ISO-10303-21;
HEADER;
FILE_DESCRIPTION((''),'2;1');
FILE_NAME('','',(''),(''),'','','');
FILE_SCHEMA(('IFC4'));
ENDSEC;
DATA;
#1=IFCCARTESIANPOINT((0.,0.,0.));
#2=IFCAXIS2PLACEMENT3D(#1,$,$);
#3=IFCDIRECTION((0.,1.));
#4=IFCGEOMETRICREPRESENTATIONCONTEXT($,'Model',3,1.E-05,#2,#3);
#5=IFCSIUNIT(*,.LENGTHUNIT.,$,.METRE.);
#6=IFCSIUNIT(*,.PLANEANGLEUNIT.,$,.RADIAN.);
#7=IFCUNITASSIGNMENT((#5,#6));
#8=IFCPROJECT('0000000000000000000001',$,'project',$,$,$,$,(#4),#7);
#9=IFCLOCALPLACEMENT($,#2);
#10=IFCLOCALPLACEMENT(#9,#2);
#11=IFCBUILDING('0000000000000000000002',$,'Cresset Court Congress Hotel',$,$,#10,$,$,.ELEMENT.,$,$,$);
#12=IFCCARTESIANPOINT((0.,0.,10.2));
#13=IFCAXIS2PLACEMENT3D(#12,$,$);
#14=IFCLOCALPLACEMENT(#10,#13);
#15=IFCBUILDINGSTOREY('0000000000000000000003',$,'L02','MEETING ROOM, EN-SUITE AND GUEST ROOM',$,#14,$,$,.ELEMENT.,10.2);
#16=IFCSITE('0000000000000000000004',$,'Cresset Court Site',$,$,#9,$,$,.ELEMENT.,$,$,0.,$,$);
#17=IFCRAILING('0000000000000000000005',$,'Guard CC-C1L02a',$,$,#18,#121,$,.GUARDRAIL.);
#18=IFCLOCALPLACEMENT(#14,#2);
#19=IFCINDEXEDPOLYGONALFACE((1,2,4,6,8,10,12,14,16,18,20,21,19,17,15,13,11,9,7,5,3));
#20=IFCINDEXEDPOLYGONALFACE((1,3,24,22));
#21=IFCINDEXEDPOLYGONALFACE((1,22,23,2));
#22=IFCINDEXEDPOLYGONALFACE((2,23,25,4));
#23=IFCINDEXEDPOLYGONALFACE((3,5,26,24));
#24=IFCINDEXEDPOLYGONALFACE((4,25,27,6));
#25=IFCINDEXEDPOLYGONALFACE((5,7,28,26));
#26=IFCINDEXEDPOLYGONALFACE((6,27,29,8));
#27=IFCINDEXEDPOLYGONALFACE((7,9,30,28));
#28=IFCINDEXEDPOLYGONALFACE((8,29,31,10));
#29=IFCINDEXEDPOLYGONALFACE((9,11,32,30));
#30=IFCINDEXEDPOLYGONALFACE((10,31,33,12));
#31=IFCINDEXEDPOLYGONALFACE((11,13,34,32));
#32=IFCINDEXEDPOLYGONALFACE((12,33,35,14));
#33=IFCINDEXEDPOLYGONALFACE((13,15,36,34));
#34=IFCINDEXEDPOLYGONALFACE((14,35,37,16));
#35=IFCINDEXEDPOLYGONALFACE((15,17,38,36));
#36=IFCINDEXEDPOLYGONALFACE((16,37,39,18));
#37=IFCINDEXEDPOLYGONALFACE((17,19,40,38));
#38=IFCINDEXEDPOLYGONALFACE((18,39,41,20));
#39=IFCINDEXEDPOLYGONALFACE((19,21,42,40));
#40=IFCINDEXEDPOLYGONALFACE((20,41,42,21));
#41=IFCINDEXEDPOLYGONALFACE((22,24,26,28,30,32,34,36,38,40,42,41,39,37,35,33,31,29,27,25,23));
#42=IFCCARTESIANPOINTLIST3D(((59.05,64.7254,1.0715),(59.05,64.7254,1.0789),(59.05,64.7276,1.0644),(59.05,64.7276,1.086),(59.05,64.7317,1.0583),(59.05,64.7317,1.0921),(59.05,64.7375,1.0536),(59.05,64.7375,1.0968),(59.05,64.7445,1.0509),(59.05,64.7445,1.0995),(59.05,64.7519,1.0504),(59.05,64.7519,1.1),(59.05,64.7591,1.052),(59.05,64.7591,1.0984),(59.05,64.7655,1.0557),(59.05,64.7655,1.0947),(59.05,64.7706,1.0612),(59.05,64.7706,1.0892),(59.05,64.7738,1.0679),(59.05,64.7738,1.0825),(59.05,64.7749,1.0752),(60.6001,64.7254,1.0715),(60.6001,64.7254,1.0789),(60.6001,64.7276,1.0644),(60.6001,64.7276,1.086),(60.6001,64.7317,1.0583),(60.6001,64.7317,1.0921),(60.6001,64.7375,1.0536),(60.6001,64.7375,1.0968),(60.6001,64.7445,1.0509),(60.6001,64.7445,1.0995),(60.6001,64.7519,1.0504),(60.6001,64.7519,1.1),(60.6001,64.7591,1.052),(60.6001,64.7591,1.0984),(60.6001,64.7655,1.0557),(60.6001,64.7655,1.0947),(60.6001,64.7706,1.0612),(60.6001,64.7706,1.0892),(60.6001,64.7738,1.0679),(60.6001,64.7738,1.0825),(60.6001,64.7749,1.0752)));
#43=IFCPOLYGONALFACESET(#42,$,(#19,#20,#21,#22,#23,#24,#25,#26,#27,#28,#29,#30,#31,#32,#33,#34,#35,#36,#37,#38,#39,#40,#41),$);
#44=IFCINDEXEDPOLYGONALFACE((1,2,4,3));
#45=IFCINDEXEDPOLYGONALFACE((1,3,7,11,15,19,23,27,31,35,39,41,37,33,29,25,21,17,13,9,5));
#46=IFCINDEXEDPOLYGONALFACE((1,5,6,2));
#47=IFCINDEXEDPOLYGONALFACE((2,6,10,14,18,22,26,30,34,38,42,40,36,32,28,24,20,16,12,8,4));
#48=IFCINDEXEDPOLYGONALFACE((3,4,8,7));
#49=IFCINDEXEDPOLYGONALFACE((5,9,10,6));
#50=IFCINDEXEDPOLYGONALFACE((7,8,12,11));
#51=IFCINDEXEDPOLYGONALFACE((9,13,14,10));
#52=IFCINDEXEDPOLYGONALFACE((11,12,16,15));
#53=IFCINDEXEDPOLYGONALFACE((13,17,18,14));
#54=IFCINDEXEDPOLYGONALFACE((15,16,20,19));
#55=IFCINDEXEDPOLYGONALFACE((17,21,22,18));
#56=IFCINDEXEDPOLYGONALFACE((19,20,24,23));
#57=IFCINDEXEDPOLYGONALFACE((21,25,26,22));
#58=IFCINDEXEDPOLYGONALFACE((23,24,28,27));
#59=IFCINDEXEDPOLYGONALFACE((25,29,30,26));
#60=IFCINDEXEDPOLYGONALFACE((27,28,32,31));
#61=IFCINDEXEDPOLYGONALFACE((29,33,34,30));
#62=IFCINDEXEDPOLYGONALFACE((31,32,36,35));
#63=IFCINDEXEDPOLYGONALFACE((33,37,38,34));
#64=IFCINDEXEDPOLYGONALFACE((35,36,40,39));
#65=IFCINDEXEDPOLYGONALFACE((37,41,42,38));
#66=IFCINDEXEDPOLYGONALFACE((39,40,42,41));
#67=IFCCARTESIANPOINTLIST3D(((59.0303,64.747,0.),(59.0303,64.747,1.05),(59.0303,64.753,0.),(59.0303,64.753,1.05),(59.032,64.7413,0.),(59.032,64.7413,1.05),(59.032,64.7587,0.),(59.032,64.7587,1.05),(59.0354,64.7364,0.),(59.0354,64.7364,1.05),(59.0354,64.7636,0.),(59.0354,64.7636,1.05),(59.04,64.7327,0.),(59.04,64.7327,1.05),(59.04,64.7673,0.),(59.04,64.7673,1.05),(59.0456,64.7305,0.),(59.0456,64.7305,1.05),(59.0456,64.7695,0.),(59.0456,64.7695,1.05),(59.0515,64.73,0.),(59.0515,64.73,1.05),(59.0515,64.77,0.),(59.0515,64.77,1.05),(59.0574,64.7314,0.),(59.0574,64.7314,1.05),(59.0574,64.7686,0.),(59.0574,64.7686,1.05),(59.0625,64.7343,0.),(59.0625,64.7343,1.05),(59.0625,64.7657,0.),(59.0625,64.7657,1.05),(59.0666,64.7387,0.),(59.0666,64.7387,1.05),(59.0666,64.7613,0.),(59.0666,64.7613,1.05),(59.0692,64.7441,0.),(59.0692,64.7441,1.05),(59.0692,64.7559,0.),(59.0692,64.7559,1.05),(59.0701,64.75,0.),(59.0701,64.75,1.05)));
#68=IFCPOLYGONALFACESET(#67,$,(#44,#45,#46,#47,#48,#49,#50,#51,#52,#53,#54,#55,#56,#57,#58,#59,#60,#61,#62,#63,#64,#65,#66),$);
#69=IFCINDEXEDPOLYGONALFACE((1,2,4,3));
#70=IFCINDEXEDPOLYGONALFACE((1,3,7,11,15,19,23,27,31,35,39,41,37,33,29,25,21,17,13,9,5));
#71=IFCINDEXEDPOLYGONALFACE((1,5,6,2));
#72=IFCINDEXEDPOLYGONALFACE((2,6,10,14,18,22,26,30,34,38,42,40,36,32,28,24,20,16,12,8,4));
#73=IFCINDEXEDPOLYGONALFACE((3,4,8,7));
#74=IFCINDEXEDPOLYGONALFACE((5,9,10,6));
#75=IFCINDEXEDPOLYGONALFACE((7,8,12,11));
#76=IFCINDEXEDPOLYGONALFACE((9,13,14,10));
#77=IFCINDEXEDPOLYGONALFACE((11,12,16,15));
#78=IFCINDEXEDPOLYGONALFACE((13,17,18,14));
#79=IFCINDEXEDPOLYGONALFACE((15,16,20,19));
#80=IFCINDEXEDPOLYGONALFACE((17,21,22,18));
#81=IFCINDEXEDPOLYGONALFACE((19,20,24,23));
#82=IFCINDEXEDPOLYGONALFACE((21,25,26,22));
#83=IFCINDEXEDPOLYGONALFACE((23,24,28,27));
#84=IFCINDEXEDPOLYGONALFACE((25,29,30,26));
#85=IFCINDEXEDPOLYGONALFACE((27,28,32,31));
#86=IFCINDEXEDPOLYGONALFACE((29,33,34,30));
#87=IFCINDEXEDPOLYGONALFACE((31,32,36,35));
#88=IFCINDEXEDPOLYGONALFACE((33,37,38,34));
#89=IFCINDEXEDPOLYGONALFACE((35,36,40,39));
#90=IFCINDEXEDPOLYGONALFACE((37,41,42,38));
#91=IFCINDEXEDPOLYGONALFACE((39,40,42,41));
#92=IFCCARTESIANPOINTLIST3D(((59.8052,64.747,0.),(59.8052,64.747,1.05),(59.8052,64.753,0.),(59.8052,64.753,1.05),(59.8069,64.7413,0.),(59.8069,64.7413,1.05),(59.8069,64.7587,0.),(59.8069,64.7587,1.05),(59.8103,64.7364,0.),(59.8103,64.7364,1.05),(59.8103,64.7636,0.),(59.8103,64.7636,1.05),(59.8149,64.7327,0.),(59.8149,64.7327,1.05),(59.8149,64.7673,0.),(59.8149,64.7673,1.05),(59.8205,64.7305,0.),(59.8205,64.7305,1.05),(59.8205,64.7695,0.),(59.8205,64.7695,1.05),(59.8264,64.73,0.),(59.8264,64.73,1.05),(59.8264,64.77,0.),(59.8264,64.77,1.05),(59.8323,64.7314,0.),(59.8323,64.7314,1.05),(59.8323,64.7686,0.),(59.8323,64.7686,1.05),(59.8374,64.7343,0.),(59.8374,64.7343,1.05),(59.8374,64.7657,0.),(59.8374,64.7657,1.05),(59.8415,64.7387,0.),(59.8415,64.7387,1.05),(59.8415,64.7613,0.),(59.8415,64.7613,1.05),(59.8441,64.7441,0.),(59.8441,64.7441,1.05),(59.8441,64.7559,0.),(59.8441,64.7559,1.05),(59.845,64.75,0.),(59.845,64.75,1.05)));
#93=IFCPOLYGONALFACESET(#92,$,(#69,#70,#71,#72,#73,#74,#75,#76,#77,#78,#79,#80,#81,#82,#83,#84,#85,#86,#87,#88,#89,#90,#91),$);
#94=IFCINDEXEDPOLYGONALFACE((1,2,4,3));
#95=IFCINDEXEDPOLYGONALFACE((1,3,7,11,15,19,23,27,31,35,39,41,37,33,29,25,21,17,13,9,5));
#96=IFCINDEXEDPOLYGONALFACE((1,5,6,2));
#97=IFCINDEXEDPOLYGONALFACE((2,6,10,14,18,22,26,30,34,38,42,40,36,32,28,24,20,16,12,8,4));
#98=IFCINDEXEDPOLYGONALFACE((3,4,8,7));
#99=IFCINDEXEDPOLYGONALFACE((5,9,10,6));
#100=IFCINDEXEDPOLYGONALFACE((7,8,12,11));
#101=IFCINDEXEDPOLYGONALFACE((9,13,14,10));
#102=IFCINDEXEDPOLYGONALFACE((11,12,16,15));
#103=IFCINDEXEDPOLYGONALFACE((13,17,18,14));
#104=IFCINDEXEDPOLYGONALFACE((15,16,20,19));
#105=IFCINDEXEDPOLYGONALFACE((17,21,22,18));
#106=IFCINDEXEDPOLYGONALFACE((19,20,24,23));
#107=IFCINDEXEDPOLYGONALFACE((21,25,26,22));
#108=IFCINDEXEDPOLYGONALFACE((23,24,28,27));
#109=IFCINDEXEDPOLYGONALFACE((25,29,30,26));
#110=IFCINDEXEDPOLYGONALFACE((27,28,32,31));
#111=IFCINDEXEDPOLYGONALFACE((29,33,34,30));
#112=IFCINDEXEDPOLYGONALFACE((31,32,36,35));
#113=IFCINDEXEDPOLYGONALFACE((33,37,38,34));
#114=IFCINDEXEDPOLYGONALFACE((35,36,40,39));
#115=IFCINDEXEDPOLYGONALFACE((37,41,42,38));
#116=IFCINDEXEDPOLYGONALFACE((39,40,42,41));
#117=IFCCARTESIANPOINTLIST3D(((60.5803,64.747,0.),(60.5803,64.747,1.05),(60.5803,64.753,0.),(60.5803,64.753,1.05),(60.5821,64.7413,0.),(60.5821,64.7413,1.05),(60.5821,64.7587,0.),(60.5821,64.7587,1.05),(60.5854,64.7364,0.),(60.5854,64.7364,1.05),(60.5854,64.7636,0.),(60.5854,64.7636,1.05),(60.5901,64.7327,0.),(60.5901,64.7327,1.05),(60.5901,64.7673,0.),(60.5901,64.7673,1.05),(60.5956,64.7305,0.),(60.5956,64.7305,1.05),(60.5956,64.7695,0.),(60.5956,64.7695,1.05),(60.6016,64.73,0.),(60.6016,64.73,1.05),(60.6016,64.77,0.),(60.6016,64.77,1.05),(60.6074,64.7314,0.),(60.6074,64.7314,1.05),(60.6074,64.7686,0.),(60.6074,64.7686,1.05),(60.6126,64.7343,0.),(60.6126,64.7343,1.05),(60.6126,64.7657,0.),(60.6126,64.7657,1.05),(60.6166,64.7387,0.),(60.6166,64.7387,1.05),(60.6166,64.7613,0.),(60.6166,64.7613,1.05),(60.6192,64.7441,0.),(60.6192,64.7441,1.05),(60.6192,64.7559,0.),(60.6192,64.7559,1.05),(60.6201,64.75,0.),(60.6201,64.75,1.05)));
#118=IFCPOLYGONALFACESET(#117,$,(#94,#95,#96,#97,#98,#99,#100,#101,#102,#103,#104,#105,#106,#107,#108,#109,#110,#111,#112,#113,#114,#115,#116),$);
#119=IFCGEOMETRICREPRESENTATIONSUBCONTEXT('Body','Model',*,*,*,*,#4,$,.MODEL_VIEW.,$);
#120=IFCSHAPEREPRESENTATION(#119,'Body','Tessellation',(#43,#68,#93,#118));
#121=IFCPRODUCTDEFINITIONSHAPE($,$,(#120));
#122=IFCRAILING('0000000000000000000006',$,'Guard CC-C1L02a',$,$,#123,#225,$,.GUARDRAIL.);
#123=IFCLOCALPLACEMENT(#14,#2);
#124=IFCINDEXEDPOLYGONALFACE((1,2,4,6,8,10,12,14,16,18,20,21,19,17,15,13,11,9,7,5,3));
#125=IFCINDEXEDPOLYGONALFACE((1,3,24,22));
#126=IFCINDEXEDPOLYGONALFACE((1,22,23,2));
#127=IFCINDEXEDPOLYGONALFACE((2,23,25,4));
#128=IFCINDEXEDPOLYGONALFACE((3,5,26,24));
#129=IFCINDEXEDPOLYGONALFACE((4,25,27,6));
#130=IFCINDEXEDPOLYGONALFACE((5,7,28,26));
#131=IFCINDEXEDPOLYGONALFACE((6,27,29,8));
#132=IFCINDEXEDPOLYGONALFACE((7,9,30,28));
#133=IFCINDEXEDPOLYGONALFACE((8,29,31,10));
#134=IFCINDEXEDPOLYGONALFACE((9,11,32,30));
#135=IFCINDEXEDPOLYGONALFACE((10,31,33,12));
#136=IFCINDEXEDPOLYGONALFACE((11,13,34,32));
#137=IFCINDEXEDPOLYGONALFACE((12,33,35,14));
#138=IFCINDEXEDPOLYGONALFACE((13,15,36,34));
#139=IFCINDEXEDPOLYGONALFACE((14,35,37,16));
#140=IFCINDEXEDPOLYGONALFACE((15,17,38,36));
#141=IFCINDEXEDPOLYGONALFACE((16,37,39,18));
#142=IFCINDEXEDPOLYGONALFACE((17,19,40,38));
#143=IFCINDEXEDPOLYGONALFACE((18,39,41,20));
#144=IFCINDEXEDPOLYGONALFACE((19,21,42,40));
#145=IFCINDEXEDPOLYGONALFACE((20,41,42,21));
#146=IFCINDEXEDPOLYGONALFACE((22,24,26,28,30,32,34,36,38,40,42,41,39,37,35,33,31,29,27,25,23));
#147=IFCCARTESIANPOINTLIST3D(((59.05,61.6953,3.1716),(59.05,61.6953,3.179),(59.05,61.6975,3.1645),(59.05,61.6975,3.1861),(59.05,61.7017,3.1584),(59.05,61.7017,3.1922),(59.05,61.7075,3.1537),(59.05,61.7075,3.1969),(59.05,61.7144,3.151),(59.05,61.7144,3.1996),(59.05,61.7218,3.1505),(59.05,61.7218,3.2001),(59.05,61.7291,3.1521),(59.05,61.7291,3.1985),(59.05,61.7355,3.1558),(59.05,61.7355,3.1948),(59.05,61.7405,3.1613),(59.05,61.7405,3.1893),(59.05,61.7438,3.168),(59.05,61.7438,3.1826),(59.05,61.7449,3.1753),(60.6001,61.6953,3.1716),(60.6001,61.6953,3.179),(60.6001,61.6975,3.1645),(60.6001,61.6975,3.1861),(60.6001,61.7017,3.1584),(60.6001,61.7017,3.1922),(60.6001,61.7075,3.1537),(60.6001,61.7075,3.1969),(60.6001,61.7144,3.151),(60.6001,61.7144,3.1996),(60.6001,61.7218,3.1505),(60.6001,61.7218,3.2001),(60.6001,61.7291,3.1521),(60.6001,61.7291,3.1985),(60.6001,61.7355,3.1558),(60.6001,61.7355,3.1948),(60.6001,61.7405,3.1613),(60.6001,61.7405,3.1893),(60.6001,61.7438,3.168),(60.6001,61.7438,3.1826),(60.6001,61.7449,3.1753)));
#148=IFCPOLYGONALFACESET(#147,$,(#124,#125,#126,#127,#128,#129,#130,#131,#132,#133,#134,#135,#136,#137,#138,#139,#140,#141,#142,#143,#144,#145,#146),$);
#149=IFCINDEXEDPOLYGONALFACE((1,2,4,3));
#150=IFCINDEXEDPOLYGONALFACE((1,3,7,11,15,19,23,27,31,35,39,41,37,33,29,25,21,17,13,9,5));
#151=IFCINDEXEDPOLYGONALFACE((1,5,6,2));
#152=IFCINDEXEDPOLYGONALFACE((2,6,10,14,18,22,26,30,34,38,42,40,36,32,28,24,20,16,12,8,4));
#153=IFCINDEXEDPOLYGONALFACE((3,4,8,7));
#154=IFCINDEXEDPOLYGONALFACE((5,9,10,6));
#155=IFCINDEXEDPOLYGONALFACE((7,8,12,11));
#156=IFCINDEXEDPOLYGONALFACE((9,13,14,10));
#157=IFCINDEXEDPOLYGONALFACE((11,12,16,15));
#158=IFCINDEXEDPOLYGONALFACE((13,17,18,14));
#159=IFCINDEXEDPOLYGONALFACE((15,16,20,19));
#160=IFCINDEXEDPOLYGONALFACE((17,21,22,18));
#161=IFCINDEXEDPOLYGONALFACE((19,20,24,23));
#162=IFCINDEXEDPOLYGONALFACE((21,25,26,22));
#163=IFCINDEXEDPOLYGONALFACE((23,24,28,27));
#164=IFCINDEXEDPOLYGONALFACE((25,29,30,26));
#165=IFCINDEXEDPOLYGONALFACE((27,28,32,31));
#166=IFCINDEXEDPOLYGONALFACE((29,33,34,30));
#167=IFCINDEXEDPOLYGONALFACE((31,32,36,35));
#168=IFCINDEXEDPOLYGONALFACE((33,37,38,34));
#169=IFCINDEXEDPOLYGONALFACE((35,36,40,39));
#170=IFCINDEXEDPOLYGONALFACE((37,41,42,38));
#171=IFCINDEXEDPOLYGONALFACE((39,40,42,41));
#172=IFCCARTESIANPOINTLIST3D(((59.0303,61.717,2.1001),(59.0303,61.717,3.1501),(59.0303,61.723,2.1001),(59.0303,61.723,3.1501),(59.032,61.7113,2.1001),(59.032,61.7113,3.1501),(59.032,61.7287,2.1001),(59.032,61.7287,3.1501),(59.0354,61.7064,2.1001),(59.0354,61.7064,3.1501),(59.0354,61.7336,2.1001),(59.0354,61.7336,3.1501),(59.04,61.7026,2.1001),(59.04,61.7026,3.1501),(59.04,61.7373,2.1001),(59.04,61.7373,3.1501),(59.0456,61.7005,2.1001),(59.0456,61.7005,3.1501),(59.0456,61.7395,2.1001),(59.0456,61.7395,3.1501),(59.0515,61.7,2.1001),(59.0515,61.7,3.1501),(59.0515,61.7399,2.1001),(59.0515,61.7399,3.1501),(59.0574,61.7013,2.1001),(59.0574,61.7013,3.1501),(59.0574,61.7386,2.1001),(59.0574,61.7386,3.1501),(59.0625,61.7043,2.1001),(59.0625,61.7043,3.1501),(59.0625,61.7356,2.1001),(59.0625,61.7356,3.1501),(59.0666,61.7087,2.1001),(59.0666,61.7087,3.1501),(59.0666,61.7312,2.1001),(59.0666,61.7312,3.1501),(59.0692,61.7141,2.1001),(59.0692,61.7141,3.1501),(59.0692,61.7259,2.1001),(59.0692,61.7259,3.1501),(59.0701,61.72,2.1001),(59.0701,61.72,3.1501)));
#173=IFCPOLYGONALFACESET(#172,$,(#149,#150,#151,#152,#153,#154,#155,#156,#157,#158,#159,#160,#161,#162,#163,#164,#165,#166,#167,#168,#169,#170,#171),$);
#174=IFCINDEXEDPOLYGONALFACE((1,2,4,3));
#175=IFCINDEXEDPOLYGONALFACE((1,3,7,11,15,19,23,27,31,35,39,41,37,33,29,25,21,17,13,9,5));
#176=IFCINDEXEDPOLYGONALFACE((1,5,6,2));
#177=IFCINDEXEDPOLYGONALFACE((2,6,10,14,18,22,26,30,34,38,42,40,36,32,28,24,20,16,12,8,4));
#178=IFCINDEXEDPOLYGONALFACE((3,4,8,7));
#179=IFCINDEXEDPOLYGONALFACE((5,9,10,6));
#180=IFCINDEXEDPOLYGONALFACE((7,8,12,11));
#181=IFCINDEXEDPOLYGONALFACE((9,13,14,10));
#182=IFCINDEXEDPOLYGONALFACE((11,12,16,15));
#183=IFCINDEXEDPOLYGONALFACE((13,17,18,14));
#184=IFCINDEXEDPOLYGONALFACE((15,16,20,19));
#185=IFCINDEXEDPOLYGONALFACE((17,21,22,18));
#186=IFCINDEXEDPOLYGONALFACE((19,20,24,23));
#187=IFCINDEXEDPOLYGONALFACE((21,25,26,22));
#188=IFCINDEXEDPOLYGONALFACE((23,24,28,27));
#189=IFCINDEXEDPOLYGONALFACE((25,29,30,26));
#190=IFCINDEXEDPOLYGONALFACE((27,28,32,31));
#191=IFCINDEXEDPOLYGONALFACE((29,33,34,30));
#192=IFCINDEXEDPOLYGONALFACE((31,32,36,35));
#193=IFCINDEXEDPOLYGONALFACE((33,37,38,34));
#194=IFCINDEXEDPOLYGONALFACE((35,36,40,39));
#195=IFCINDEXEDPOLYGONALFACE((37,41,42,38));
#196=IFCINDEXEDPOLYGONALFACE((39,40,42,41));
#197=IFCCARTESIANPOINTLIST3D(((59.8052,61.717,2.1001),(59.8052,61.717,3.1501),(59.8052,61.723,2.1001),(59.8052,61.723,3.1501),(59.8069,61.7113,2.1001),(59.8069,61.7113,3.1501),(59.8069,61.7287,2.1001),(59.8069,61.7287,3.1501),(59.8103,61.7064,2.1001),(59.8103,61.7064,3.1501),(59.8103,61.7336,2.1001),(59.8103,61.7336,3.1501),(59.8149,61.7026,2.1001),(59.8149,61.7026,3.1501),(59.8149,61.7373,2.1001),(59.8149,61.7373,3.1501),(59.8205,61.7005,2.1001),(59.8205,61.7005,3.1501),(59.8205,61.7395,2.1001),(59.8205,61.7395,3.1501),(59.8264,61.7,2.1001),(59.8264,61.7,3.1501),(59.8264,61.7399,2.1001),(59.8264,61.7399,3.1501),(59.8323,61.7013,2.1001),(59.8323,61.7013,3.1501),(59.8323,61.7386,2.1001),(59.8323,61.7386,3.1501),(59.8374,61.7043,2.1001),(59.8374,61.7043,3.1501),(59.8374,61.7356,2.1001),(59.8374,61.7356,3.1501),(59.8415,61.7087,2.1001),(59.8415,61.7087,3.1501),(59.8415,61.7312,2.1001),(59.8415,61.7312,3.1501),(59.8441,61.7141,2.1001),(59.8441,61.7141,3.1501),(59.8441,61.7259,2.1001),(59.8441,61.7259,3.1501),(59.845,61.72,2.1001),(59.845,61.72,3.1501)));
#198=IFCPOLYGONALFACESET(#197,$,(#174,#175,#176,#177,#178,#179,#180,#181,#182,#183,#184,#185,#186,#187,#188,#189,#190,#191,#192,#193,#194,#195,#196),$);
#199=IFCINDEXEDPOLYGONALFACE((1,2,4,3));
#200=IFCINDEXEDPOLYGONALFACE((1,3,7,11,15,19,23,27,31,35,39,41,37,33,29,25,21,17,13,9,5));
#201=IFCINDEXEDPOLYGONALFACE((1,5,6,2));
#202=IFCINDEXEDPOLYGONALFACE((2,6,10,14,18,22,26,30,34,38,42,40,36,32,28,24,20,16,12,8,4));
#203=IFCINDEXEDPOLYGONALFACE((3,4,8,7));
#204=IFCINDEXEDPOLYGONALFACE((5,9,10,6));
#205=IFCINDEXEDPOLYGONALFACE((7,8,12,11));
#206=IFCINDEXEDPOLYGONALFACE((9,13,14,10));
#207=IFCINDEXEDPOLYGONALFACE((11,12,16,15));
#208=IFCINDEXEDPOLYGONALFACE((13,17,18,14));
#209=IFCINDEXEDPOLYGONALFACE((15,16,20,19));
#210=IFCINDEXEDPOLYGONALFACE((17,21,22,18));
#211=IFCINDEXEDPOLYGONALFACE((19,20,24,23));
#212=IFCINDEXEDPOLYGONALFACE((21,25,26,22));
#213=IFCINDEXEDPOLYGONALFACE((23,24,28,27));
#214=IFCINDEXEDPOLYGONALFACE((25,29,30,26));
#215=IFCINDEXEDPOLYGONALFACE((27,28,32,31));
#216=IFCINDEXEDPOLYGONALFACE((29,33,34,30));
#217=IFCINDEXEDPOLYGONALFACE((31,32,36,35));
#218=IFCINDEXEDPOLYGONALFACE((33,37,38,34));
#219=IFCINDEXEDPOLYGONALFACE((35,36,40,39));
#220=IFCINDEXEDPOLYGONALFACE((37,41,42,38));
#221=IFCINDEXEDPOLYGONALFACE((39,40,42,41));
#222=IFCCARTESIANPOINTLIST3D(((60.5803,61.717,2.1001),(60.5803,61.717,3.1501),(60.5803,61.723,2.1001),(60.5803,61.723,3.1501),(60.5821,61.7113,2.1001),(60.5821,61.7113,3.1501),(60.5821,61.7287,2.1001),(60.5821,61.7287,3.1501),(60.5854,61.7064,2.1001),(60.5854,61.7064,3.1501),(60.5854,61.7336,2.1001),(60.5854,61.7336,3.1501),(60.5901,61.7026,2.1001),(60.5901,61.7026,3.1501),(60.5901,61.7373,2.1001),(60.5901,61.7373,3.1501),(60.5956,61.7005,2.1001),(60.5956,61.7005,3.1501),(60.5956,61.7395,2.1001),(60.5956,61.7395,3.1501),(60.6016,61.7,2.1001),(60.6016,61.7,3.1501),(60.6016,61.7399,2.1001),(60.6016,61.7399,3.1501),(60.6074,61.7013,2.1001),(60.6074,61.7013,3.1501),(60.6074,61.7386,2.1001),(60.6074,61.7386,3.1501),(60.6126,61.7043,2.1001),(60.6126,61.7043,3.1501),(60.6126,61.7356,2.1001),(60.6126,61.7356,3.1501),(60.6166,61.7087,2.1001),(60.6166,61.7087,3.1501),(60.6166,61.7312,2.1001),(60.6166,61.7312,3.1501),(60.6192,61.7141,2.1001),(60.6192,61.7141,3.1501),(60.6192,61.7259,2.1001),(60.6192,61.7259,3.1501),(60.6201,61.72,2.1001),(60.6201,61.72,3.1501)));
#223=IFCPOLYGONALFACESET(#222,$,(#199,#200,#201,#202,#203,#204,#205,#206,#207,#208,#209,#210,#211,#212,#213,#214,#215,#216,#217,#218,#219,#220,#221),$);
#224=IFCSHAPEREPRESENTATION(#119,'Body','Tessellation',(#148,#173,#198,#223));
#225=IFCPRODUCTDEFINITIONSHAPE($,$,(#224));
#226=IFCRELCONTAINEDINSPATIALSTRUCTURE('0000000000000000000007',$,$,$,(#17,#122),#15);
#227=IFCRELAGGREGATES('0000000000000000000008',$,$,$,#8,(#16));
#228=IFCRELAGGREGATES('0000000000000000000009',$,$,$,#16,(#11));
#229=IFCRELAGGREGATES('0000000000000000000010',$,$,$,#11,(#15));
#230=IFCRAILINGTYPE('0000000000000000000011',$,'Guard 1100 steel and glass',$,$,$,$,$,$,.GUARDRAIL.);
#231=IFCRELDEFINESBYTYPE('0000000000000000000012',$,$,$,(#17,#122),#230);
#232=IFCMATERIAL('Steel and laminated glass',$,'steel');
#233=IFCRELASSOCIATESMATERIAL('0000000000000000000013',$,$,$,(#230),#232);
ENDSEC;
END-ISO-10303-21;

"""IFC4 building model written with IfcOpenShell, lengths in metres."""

from ifc_helpers import new_model, si_unit, direction, frame, origin, origin_2d, place, context, subcontext, project, spatial, circle, extrude, material, type_object, element, save


model = new_model("IFC4")

# Units and contexts
model_context = context("Model", 3, precision=1e-05, world=origin(), true_north=direction((0.0, 1.0)))
body_context = subcontext(model_context, "Body", "Model", "MODEL_VIEW")
ifc_project = project(units=[si_unit("LENGTHUNIT", "METRE"), si_unit("PLANEANGLEUNIT", "RADIAN")], contexts=[model_context])

# Site, building, storey
site_placement = place(None, origin())
site = spatial("IfcSite", under=ifc_project, at=site_placement, Name="Cresset Court Site", CompositionType="ELEMENT", RefElevation=0.0)
building_placement = place(site_placement, origin())
building = spatial("IfcBuilding", under=site, at=building_placement, Name="Cresset Court Congress Hotel", CompositionType="ELEMENT")
storey_placement = place(building_placement, frame((0.0, 0.0, 10.2)))
storey = spatial("IfcBuildingStorey", under=building, at=storey_placement, Name="L02", Description="MEETING ROOM, EN-SUITE AND GUEST ROOM", CompositionType="ELEMENT", Elevation=10.2)

# Railings
ifc_material_1 = material(Name="Steel and laminated glass", Category="steel")
railing_type_1 = type_object("IfcRailingType", Name="Guard 1100 steel and glass", PredefinedType="GUARDRAIL", material=ifc_material_1)
for number, where, name in (
    (1, (59.05, 64.75, 0.0), "Guard CC-C1L02a"),
    (2, (59.05, 61.72, 2.1001), "Guard CC-C1L02a"),
):
    element("IfcRailing", number, at=place(storey_placement, frame(where)), inside=storey, type_object=railing_type_1, Name=name, PredefinedType="GUARDRAIL", context=body_context, shape_type="SweptSolid", body=[
        extrude(circle(Radius=0.0249, at=origin_2d()), frame((0.0, 0.0, 1.0752), z_axis=(1.0, 0.0, 0.0), x_axis=(0.0, 1.0, 0.0)), (0.0, 0.0, 1.0), 1.55),
        extrude(circle(Radius=0.02, at=origin_2d()), origin(), (0.0, 0.0, 1.0), 1.05),
        extrude(circle(Radius=0.02, at=origin_2d()), frame((0.7749, 0.0, 0.0)), (0.0, 0.0, 1.0), 1.05),
        extrude(circle(Radius=0.02, at=origin_2d()), frame((1.55, 0.0, 0.0)), (0.0, 0.0, 1.0), 1.05),
    ])

save(model, "model.ifc")
